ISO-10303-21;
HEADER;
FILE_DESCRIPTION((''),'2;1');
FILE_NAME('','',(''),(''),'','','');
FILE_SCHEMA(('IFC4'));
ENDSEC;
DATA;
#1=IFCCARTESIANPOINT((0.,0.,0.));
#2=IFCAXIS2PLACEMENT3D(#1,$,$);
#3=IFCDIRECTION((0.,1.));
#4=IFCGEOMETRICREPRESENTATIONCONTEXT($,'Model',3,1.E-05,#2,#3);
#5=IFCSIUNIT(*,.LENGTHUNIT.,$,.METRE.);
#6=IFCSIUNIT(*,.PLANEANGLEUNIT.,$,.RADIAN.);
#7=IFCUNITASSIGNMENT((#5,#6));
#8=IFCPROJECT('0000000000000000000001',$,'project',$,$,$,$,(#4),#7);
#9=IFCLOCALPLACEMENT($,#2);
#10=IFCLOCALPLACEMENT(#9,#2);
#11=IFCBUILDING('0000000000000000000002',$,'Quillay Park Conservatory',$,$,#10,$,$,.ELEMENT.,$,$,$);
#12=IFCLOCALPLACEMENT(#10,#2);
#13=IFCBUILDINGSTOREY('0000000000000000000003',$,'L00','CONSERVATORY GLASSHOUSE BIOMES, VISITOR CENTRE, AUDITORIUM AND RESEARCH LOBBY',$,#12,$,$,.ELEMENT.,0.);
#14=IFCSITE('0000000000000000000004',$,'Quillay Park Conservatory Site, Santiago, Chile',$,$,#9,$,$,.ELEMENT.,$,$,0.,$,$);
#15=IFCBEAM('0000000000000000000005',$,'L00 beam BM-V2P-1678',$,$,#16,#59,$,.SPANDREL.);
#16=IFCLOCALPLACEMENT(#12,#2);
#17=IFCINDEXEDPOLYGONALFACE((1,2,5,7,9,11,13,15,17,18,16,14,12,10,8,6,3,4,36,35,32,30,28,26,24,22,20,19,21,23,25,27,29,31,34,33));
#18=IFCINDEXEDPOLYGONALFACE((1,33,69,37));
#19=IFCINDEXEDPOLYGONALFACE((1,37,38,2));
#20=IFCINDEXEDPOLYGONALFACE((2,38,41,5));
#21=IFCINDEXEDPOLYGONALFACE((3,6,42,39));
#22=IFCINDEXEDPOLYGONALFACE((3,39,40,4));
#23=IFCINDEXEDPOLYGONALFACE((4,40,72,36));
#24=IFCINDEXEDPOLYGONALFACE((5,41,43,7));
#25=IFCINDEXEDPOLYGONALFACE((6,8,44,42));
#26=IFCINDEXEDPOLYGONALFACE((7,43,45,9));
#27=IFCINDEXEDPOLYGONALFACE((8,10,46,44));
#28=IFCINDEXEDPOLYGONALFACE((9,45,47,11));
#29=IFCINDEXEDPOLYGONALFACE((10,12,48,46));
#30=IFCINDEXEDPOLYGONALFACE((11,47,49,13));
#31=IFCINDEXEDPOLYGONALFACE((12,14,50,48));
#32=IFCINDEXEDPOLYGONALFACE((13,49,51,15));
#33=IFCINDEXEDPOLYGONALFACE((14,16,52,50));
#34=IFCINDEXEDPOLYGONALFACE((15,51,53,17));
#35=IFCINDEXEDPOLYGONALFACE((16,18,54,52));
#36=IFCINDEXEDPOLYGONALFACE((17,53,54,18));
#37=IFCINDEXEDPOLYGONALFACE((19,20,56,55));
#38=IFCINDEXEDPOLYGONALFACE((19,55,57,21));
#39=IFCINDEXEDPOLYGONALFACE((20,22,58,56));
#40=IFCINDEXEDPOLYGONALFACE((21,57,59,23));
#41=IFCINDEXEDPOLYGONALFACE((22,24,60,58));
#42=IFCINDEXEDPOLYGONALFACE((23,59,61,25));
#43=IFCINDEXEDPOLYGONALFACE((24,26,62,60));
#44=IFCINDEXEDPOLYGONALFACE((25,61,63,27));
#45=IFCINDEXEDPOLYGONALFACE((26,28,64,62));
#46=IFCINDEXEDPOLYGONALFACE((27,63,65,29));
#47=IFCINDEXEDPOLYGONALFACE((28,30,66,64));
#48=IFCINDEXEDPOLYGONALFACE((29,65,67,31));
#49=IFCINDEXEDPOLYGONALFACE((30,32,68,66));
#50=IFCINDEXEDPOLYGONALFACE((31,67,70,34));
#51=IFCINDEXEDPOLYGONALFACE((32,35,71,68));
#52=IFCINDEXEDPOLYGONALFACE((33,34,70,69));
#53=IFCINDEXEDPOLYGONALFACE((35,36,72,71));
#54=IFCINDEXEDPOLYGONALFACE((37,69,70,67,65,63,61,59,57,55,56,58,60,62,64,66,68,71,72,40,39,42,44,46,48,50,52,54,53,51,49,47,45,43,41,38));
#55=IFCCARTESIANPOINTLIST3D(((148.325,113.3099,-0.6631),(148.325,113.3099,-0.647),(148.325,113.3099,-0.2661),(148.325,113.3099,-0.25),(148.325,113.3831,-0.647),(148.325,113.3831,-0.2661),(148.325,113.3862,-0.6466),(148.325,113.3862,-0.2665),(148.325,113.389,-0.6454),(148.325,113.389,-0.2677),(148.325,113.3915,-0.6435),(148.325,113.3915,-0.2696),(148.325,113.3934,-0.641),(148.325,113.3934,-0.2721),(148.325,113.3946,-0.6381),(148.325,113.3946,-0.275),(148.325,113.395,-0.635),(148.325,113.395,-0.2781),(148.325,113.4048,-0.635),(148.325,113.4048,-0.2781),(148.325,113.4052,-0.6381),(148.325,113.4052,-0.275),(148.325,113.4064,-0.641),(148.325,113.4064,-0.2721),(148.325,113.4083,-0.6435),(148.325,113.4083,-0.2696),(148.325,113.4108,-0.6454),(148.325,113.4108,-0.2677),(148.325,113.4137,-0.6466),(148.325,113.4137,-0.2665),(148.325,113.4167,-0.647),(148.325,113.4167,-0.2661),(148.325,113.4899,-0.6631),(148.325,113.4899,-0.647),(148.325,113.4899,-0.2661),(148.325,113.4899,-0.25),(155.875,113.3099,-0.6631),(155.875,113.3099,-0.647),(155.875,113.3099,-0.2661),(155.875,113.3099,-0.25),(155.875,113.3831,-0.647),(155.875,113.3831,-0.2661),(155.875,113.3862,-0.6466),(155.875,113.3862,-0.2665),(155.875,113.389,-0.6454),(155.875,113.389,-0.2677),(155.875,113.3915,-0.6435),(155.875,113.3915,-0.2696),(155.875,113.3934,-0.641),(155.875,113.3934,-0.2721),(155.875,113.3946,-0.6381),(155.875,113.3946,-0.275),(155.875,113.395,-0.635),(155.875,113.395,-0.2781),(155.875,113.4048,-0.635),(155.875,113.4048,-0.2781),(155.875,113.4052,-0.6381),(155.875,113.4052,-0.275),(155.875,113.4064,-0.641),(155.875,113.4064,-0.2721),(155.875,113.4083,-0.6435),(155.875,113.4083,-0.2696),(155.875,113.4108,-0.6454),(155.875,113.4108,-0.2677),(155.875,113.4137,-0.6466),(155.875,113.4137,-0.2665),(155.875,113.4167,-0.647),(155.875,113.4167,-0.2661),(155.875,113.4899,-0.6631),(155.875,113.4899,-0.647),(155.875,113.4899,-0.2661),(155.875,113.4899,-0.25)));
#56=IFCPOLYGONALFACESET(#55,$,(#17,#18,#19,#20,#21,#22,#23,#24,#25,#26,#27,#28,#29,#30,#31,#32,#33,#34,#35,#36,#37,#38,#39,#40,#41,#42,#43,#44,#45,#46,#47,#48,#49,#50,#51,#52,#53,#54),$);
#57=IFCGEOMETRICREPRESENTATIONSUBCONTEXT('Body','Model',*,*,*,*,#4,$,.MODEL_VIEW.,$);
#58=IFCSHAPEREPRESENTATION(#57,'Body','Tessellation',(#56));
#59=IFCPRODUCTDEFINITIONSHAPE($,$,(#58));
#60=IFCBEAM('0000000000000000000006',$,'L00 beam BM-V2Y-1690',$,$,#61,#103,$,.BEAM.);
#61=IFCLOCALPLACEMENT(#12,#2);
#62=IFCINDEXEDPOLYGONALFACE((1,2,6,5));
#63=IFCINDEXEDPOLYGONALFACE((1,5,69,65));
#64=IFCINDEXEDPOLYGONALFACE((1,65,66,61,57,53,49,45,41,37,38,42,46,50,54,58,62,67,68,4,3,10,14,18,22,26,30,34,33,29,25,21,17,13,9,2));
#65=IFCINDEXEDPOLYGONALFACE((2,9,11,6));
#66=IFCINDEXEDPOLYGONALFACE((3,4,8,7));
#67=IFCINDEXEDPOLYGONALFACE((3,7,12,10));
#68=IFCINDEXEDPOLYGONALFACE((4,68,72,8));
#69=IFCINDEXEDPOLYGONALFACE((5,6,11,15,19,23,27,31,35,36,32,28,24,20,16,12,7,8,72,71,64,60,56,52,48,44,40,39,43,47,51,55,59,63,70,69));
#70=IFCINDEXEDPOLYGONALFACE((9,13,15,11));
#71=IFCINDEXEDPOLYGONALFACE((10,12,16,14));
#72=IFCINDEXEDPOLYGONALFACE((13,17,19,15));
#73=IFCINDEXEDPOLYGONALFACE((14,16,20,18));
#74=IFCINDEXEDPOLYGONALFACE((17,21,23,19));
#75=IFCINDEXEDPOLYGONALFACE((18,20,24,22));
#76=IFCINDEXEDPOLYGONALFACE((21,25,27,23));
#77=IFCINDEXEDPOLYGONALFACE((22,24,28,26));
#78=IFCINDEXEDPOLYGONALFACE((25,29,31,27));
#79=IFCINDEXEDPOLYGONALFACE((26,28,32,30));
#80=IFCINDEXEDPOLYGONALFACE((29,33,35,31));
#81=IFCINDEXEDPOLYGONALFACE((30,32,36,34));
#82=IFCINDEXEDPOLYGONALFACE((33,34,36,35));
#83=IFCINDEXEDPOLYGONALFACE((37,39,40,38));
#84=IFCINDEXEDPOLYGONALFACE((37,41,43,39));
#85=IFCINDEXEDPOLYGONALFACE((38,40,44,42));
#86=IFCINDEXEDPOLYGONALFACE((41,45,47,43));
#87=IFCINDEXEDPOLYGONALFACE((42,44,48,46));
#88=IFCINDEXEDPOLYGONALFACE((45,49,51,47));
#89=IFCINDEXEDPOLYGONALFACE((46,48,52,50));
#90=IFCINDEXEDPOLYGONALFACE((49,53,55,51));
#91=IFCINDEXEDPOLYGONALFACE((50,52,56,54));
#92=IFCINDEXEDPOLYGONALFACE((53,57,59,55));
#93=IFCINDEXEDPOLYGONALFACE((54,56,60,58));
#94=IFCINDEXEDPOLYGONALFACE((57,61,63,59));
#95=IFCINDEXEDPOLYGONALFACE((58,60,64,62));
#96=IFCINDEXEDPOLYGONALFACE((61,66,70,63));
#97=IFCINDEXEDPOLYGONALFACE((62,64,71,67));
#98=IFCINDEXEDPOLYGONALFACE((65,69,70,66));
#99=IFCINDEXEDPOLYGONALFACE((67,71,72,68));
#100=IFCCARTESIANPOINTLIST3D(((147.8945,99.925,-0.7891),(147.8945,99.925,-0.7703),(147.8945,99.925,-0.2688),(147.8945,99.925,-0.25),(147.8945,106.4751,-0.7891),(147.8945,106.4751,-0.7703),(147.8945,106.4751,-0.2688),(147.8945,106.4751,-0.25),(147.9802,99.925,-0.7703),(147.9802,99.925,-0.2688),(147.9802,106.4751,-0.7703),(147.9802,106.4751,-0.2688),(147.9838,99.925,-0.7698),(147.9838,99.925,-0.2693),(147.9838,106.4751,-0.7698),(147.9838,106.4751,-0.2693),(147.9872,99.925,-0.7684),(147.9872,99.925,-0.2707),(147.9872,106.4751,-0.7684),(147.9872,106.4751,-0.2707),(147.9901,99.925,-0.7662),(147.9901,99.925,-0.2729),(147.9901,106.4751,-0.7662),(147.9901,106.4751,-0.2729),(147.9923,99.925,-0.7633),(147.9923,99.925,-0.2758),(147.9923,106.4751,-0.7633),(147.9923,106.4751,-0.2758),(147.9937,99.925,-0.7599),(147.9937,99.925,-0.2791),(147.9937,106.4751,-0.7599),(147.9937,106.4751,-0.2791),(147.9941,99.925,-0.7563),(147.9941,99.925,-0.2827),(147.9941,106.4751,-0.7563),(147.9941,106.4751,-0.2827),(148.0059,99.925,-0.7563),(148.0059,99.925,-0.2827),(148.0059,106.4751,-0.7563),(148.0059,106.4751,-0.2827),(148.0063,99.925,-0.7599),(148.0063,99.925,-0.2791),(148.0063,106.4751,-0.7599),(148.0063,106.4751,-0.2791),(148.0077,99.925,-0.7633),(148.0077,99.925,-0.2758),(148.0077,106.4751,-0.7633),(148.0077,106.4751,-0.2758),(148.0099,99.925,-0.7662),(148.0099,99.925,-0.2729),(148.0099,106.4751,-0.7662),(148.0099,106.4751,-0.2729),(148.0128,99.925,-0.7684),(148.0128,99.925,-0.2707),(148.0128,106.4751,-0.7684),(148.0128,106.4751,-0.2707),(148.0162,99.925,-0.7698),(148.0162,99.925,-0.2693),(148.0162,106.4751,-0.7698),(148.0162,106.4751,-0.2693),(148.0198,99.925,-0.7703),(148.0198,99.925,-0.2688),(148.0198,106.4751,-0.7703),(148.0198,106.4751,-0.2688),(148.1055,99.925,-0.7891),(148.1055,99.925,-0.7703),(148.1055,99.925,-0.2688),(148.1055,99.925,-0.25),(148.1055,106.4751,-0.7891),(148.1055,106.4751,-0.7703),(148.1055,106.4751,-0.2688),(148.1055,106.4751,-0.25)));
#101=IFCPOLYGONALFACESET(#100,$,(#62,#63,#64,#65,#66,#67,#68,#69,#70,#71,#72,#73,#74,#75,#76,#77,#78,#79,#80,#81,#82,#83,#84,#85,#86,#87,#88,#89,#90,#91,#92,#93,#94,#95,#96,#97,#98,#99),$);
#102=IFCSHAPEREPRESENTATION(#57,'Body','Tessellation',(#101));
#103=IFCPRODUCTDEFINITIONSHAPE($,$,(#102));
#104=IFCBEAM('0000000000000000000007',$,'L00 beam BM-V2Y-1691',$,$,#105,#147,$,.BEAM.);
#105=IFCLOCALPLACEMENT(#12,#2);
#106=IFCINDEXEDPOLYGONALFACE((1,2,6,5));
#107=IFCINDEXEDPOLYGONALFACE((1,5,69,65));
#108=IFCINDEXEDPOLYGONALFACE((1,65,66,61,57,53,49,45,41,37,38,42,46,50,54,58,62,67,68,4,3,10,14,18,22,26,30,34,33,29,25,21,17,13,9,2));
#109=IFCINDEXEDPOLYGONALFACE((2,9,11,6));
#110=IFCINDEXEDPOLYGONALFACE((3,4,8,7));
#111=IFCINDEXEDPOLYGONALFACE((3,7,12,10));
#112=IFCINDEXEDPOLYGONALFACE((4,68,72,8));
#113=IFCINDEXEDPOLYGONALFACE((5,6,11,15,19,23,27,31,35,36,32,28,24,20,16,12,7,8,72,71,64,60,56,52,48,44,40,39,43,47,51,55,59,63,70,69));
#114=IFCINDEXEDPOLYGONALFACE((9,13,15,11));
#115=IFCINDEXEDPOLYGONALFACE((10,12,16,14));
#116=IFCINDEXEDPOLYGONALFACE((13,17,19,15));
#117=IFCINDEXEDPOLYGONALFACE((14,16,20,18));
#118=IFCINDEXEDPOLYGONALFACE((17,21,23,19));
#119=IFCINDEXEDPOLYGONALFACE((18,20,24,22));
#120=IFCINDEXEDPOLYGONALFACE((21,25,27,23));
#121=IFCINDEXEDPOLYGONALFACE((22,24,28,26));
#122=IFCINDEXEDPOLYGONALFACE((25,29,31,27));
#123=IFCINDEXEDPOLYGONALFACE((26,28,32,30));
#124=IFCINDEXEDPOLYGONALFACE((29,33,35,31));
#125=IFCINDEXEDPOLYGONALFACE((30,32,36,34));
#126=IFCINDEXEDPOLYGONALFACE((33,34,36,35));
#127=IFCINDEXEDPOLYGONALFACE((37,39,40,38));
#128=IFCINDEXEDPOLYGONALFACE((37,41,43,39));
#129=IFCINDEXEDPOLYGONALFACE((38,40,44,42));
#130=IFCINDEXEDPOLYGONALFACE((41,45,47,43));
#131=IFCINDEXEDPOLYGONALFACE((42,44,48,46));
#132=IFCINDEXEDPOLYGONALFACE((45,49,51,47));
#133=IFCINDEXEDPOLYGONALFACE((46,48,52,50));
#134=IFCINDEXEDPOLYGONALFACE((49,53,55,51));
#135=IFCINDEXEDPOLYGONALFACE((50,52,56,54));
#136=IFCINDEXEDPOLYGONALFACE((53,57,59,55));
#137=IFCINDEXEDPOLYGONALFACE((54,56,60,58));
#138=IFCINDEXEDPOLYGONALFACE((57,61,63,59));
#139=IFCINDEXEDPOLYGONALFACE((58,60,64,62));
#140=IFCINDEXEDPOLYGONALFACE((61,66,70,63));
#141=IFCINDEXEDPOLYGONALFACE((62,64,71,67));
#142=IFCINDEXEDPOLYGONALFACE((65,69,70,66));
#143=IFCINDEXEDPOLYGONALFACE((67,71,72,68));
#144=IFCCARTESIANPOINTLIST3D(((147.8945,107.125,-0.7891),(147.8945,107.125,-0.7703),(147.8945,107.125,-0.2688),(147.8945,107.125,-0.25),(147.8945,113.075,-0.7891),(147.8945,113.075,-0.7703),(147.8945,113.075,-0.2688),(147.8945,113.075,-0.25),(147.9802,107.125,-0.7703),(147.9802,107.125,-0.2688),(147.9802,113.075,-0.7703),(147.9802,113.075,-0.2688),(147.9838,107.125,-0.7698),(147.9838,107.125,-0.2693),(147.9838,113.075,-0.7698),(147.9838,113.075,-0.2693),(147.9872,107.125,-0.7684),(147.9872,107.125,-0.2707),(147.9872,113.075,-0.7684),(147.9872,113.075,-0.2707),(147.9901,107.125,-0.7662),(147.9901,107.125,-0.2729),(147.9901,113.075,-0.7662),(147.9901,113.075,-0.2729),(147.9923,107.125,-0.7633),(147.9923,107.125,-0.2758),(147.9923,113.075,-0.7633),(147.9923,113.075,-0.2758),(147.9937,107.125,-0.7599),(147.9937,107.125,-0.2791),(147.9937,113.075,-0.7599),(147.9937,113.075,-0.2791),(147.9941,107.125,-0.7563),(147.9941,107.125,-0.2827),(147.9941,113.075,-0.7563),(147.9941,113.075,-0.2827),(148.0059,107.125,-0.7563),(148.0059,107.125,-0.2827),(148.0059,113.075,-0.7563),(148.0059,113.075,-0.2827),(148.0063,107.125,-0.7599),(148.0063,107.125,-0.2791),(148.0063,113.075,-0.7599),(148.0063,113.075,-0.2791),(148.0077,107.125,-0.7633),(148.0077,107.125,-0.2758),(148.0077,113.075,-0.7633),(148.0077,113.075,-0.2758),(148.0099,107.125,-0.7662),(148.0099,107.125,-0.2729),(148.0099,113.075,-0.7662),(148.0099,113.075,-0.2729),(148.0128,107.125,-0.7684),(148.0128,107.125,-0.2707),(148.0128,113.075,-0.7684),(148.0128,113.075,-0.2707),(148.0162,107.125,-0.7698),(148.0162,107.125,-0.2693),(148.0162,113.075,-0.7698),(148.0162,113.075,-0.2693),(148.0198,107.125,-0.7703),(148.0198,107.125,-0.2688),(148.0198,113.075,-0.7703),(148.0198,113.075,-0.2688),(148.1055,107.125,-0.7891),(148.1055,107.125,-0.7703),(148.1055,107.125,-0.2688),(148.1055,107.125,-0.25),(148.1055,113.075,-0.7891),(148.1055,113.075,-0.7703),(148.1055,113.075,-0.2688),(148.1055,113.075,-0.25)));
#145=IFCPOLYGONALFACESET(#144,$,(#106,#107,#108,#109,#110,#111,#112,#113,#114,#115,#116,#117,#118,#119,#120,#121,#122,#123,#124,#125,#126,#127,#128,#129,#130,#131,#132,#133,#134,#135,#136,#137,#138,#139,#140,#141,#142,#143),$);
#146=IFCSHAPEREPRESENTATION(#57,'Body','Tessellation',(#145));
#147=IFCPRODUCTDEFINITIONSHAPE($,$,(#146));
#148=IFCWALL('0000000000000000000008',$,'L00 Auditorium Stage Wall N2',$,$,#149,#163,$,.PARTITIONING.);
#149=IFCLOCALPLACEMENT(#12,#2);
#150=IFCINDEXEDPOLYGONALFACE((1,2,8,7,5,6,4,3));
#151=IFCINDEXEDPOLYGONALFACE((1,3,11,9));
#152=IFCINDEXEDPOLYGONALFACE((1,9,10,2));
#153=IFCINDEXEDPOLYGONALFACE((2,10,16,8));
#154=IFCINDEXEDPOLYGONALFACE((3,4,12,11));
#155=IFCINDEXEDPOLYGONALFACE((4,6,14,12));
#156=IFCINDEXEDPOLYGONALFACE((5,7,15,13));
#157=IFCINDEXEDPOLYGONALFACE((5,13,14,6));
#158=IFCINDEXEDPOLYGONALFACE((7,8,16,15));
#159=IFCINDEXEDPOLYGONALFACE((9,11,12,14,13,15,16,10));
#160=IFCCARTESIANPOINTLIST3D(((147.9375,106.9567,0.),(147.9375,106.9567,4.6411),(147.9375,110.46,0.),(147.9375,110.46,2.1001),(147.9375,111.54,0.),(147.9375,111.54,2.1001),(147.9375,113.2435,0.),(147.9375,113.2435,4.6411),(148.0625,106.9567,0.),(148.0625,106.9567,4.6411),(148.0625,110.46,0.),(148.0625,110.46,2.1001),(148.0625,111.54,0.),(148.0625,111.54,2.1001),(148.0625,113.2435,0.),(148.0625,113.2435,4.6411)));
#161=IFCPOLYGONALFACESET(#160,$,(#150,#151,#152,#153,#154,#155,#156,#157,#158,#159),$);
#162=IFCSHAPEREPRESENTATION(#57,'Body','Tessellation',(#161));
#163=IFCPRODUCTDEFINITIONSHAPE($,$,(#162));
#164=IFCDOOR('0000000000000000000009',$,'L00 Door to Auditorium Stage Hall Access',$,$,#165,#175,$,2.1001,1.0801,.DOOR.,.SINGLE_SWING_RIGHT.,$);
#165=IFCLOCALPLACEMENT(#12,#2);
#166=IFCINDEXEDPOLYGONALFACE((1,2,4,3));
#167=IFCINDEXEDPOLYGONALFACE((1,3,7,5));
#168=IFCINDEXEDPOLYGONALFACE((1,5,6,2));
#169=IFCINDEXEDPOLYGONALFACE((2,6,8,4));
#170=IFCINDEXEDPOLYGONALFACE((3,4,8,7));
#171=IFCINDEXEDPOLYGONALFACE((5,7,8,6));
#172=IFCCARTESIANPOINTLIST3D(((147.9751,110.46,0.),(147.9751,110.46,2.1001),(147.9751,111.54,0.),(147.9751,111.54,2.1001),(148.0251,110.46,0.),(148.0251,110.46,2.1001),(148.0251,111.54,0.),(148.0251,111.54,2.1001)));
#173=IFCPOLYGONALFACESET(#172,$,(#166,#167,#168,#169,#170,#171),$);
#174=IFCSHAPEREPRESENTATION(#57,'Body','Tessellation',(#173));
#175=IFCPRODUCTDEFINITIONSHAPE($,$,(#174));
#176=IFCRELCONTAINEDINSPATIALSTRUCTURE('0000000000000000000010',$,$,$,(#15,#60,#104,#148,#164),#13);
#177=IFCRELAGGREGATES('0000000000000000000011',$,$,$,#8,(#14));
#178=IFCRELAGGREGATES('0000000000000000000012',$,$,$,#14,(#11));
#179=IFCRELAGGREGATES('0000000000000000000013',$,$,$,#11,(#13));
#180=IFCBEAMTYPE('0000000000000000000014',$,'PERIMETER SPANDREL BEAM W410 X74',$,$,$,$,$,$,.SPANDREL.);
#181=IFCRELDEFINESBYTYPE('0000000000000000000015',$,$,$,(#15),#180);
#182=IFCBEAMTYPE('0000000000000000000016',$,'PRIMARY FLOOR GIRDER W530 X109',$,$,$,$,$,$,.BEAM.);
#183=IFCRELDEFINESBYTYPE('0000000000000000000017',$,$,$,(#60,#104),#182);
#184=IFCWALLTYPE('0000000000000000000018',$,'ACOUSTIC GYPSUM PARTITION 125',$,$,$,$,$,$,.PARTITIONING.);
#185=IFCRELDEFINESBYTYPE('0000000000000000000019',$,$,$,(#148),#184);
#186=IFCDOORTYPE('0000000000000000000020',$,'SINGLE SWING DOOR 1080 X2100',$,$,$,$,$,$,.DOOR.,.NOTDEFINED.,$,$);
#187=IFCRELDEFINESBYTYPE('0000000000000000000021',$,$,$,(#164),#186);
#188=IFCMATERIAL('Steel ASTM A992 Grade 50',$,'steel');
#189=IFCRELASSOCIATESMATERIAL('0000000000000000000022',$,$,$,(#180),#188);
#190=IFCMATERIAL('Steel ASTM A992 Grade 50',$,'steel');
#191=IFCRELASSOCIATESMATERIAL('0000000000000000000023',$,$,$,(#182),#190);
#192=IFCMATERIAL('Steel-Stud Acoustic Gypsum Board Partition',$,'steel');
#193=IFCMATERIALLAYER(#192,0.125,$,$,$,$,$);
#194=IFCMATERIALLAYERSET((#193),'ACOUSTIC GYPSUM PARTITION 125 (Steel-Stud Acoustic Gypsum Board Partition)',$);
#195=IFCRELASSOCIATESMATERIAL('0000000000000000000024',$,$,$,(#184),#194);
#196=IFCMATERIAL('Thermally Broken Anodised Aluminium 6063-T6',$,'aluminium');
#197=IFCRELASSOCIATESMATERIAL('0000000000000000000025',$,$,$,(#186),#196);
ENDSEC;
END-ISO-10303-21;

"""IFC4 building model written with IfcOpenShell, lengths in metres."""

from ifc_helpers import new_model, si_unit, direction, frame, frame_2d, origin, origin_2d, place, context, subcontext, project, spatial, rectangle, i_section, extrude, material, layer, layer_set, material_profile, profile_set, type_object, element, fill, save


model = new_model("IFC4")

# Units and contexts
model_context = context("Model", 3, precision=1e-05, world=origin(), true_north=direction((0.0, 1.0)))
body_context = subcontext(model_context, "Body", "Model", "MODEL_VIEW")
ifc_project = project(units=[si_unit("LENGTHUNIT", "METRE"), si_unit("PLANEANGLEUNIT", "RADIAN")], contexts=[model_context])

# Site, building, storey
site_placement = place(None, origin())
site = spatial("IfcSite", under=ifc_project, at=site_placement, Name="Quillay Park Conservatory Site, Santiago, Chile", CompositionType="ELEMENT", RefElevation=0.0)
building_placement = place(site_placement, origin())
building = spatial("IfcBuilding", under=site, at=building_placement, Name="Quillay Park Conservatory", CompositionType="ELEMENT")
storey_placement = place(building_placement, origin())
storey = spatial("IfcBuildingStorey", under=building, at=storey_placement, Name="L00", Description="CONSERVATORY GLASSHOUSE BIOMES, VISITOR CENTRE, AUDITORIUM AND RESEARCH LOBBY", CompositionType="ELEMENT", Elevation=0.0)

# Beams
ifc_material_1 = material(Name="Steel ASTM A992 Grade 50", Category="steel")
ifc_material_profile_1 = material_profile(ifc_material_1, i_section(OverallWidth=0.1799, OverallDepth=0.4131, WebThickness=0.0098, FlangeThickness=0.0161, FilletRadius=0.012, at=origin_2d()), Name="W410x74")
ifc_profile_set_1 = profile_set([ifc_material_profile_1], Name="Steel ASTM A992 Grade 50")
beam_type_1 = type_object("IfcBeamType", Name="PERIMETER SPANDREL BEAM W410 X74", PredefinedType="SPANDREL", material=ifc_profile_set_1)
for number, where, z_axis, x_axis, name in (
    (1, (148.325, 113.3999, -0.4565), (1.0, 0.0, 0.0), (0.0, 1.0, 0.0), "L00 beam BM-V2P-1678"),
):
    element("IfcBeam", number, at=place(storey_placement, frame(where, z_axis=z_axis, x_axis=x_axis)), inside=storey, type_object=beam_type_1, Name=name, PredefinedType="SPANDREL", context=body_context, shape_type="SweptSolid", body=[
        extrude(i_section(OverallWidth=0.1799, OverallDepth=0.4131, WebThickness=0.0098, FlangeThickness=0.0161, FilletRadius=0.012, at=origin_2d()), origin(), (0.0, 0.0, 1.0), 7.55),
    ])
ifc_material_2 = material(Name="Steel ASTM A992 Grade 50", Category="steel")
ifc_material_profile_2 = material_profile(ifc_material_2, i_section(OverallWidth=0.2109, OverallDepth=0.5391, WebThickness=0.0117, FlangeThickness=0.0188, FilletRadius=0.0139, at=origin_2d()), Name="W530x109")
ifc_profile_set_2 = profile_set([ifc_material_profile_2], Name="Steel ASTM A992 Grade 50")
beam_type_2 = type_object("IfcBeamType", Name="PRIMARY FLOOR GIRDER W530 X109", PredefinedType="BEAM", material=ifc_profile_set_2)
beam_1_placement = place(storey_placement, frame((148.0, 99.925, -0.5195), z_axis=(0.0, 1.0, 0.0), x_axis=(-1.0, 0.0, 0.0)))
element("IfcBeam", 2, at=beam_1_placement, inside=storey, type_object=beam_type_2, Name="L00 beam BM-V2Y-1690", PredefinedType="BEAM", context=body_context, shape_type="SweptSolid", body=[
    extrude(i_section(OverallWidth=0.2109, OverallDepth=0.5391, WebThickness=0.0117, FlangeThickness=0.0188, FilletRadius=0.0139, at=origin_2d()), origin(), (0.0, 0.0, 1.0), 6.55),
])
beam_2_placement = place(storey_placement, frame((148.0, 107.125, -0.5195), z_axis=(0.0, 1.0, 0.0), x_axis=(-1.0, 0.0, 0.0)))
element("IfcBeam", 3, at=beam_2_placement, inside=storey, type_object=beam_type_2, Name="L00 beam BM-V2Y-1691", PredefinedType="BEAM", context=body_context, shape_type="SweptSolid", body=[
    extrude(i_section(OverallWidth=0.2109, OverallDepth=0.5391, WebThickness=0.0117, FlangeThickness=0.0188, FilletRadius=0.0139, at=origin_2d()), origin(), (0.0, 0.0, 1.0), 5.95),
])

# Wall, opening, door
ifc_material_3 = material(Name="Steel-Stud Acoustic Gypsum Board Partition", Category="steel")
ifc_layer_1 = layer(ifc_material_3, 0.125)
ifc_layer_set_1 = layer_set([ifc_layer_1], Name="ACOUSTIC GYPSUM PARTITION 125 (Steel-Stud Acoustic Gypsum Board Partition)")
wall_type_1 = type_object("IfcWallType", Name="ACOUSTIC GYPSUM PARTITION 125", PredefinedType="PARTITIONING", material=ifc_layer_set_1)
wall_1_placement = place(storey_placement, frame((148.0, 106.9565, 0.0), z_axis=(0.0, 0.0, 1.0), x_axis=(0.0, 1.0, 0.0)))
wall_1 = element("IfcWall", 4, at=wall_1_placement, inside=storey, type_object=wall_type_1, Name="L00 Auditorium Stage Wall N2", PredefinedType="PARTITIONING", context=body_context, shape_type="SweptSolid", body=[
    extrude(rectangle(XDim=6.2869, YDim=0.125, at=frame_2d((3.1436, 0.0))), origin(), (0.0, 0.0, 1.0), 4.6411),
])
opening_1_placement = place(wall_1_placement, frame((3.5034, 0.0, 0.0)))
opening_1 = element("IfcOpeningElement", 5, at=opening_1_placement, cuts=wall_1, PredefinedType="OPENING", context=body_context, shape_type="SweptSolid", body=[
    extrude(rectangle(XDim=1.0801, YDim=2.1001, at=frame_2d((0.54, 1.05))), frame((0.0, 0.0625, 0.0), z_axis=(0.0, -1.0, 0.0), x_axis=(1.0, 0.0, 0.0)), (0.0, 0.0, 1.0), 0.125),
])
ifc_material_4 = material(Name="Thermally Broken Anodised Aluminium 6063-T6", Category="aluminium")
door_type_1 = type_object("IfcDoorType", Name="SINGLE SWING DOOR 1080 X2100", OperationType="NOTDEFINED", PredefinedType="DOOR", material=ifc_material_4)
door_1_placement = place(opening_1_placement, origin())
door_1 = element("IfcDoor", 6, at=door_1_placement, inside=storey, type_object=door_type_1, Name="L00 Door to Auditorium Stage Hall Access", OperationType="SINGLE_SWING_RIGHT", OverallHeight=2.1001, OverallWidth=1.0801, PredefinedType="DOOR", context=body_context, shape_type="SweptSolid", body=[
    extrude(rectangle(XDim=1.0801, YDim=2.1001, at=frame_2d((0.54, 1.05))), frame((0.0, 0.0249, 0.0), z_axis=(0.0, -1.0, 0.0), x_axis=(1.0, 0.0, 0.0)), (0.0, 0.0, 1.0), 0.05),
])
fill(opening_1, door_1)

save(model, "model.ifc")
